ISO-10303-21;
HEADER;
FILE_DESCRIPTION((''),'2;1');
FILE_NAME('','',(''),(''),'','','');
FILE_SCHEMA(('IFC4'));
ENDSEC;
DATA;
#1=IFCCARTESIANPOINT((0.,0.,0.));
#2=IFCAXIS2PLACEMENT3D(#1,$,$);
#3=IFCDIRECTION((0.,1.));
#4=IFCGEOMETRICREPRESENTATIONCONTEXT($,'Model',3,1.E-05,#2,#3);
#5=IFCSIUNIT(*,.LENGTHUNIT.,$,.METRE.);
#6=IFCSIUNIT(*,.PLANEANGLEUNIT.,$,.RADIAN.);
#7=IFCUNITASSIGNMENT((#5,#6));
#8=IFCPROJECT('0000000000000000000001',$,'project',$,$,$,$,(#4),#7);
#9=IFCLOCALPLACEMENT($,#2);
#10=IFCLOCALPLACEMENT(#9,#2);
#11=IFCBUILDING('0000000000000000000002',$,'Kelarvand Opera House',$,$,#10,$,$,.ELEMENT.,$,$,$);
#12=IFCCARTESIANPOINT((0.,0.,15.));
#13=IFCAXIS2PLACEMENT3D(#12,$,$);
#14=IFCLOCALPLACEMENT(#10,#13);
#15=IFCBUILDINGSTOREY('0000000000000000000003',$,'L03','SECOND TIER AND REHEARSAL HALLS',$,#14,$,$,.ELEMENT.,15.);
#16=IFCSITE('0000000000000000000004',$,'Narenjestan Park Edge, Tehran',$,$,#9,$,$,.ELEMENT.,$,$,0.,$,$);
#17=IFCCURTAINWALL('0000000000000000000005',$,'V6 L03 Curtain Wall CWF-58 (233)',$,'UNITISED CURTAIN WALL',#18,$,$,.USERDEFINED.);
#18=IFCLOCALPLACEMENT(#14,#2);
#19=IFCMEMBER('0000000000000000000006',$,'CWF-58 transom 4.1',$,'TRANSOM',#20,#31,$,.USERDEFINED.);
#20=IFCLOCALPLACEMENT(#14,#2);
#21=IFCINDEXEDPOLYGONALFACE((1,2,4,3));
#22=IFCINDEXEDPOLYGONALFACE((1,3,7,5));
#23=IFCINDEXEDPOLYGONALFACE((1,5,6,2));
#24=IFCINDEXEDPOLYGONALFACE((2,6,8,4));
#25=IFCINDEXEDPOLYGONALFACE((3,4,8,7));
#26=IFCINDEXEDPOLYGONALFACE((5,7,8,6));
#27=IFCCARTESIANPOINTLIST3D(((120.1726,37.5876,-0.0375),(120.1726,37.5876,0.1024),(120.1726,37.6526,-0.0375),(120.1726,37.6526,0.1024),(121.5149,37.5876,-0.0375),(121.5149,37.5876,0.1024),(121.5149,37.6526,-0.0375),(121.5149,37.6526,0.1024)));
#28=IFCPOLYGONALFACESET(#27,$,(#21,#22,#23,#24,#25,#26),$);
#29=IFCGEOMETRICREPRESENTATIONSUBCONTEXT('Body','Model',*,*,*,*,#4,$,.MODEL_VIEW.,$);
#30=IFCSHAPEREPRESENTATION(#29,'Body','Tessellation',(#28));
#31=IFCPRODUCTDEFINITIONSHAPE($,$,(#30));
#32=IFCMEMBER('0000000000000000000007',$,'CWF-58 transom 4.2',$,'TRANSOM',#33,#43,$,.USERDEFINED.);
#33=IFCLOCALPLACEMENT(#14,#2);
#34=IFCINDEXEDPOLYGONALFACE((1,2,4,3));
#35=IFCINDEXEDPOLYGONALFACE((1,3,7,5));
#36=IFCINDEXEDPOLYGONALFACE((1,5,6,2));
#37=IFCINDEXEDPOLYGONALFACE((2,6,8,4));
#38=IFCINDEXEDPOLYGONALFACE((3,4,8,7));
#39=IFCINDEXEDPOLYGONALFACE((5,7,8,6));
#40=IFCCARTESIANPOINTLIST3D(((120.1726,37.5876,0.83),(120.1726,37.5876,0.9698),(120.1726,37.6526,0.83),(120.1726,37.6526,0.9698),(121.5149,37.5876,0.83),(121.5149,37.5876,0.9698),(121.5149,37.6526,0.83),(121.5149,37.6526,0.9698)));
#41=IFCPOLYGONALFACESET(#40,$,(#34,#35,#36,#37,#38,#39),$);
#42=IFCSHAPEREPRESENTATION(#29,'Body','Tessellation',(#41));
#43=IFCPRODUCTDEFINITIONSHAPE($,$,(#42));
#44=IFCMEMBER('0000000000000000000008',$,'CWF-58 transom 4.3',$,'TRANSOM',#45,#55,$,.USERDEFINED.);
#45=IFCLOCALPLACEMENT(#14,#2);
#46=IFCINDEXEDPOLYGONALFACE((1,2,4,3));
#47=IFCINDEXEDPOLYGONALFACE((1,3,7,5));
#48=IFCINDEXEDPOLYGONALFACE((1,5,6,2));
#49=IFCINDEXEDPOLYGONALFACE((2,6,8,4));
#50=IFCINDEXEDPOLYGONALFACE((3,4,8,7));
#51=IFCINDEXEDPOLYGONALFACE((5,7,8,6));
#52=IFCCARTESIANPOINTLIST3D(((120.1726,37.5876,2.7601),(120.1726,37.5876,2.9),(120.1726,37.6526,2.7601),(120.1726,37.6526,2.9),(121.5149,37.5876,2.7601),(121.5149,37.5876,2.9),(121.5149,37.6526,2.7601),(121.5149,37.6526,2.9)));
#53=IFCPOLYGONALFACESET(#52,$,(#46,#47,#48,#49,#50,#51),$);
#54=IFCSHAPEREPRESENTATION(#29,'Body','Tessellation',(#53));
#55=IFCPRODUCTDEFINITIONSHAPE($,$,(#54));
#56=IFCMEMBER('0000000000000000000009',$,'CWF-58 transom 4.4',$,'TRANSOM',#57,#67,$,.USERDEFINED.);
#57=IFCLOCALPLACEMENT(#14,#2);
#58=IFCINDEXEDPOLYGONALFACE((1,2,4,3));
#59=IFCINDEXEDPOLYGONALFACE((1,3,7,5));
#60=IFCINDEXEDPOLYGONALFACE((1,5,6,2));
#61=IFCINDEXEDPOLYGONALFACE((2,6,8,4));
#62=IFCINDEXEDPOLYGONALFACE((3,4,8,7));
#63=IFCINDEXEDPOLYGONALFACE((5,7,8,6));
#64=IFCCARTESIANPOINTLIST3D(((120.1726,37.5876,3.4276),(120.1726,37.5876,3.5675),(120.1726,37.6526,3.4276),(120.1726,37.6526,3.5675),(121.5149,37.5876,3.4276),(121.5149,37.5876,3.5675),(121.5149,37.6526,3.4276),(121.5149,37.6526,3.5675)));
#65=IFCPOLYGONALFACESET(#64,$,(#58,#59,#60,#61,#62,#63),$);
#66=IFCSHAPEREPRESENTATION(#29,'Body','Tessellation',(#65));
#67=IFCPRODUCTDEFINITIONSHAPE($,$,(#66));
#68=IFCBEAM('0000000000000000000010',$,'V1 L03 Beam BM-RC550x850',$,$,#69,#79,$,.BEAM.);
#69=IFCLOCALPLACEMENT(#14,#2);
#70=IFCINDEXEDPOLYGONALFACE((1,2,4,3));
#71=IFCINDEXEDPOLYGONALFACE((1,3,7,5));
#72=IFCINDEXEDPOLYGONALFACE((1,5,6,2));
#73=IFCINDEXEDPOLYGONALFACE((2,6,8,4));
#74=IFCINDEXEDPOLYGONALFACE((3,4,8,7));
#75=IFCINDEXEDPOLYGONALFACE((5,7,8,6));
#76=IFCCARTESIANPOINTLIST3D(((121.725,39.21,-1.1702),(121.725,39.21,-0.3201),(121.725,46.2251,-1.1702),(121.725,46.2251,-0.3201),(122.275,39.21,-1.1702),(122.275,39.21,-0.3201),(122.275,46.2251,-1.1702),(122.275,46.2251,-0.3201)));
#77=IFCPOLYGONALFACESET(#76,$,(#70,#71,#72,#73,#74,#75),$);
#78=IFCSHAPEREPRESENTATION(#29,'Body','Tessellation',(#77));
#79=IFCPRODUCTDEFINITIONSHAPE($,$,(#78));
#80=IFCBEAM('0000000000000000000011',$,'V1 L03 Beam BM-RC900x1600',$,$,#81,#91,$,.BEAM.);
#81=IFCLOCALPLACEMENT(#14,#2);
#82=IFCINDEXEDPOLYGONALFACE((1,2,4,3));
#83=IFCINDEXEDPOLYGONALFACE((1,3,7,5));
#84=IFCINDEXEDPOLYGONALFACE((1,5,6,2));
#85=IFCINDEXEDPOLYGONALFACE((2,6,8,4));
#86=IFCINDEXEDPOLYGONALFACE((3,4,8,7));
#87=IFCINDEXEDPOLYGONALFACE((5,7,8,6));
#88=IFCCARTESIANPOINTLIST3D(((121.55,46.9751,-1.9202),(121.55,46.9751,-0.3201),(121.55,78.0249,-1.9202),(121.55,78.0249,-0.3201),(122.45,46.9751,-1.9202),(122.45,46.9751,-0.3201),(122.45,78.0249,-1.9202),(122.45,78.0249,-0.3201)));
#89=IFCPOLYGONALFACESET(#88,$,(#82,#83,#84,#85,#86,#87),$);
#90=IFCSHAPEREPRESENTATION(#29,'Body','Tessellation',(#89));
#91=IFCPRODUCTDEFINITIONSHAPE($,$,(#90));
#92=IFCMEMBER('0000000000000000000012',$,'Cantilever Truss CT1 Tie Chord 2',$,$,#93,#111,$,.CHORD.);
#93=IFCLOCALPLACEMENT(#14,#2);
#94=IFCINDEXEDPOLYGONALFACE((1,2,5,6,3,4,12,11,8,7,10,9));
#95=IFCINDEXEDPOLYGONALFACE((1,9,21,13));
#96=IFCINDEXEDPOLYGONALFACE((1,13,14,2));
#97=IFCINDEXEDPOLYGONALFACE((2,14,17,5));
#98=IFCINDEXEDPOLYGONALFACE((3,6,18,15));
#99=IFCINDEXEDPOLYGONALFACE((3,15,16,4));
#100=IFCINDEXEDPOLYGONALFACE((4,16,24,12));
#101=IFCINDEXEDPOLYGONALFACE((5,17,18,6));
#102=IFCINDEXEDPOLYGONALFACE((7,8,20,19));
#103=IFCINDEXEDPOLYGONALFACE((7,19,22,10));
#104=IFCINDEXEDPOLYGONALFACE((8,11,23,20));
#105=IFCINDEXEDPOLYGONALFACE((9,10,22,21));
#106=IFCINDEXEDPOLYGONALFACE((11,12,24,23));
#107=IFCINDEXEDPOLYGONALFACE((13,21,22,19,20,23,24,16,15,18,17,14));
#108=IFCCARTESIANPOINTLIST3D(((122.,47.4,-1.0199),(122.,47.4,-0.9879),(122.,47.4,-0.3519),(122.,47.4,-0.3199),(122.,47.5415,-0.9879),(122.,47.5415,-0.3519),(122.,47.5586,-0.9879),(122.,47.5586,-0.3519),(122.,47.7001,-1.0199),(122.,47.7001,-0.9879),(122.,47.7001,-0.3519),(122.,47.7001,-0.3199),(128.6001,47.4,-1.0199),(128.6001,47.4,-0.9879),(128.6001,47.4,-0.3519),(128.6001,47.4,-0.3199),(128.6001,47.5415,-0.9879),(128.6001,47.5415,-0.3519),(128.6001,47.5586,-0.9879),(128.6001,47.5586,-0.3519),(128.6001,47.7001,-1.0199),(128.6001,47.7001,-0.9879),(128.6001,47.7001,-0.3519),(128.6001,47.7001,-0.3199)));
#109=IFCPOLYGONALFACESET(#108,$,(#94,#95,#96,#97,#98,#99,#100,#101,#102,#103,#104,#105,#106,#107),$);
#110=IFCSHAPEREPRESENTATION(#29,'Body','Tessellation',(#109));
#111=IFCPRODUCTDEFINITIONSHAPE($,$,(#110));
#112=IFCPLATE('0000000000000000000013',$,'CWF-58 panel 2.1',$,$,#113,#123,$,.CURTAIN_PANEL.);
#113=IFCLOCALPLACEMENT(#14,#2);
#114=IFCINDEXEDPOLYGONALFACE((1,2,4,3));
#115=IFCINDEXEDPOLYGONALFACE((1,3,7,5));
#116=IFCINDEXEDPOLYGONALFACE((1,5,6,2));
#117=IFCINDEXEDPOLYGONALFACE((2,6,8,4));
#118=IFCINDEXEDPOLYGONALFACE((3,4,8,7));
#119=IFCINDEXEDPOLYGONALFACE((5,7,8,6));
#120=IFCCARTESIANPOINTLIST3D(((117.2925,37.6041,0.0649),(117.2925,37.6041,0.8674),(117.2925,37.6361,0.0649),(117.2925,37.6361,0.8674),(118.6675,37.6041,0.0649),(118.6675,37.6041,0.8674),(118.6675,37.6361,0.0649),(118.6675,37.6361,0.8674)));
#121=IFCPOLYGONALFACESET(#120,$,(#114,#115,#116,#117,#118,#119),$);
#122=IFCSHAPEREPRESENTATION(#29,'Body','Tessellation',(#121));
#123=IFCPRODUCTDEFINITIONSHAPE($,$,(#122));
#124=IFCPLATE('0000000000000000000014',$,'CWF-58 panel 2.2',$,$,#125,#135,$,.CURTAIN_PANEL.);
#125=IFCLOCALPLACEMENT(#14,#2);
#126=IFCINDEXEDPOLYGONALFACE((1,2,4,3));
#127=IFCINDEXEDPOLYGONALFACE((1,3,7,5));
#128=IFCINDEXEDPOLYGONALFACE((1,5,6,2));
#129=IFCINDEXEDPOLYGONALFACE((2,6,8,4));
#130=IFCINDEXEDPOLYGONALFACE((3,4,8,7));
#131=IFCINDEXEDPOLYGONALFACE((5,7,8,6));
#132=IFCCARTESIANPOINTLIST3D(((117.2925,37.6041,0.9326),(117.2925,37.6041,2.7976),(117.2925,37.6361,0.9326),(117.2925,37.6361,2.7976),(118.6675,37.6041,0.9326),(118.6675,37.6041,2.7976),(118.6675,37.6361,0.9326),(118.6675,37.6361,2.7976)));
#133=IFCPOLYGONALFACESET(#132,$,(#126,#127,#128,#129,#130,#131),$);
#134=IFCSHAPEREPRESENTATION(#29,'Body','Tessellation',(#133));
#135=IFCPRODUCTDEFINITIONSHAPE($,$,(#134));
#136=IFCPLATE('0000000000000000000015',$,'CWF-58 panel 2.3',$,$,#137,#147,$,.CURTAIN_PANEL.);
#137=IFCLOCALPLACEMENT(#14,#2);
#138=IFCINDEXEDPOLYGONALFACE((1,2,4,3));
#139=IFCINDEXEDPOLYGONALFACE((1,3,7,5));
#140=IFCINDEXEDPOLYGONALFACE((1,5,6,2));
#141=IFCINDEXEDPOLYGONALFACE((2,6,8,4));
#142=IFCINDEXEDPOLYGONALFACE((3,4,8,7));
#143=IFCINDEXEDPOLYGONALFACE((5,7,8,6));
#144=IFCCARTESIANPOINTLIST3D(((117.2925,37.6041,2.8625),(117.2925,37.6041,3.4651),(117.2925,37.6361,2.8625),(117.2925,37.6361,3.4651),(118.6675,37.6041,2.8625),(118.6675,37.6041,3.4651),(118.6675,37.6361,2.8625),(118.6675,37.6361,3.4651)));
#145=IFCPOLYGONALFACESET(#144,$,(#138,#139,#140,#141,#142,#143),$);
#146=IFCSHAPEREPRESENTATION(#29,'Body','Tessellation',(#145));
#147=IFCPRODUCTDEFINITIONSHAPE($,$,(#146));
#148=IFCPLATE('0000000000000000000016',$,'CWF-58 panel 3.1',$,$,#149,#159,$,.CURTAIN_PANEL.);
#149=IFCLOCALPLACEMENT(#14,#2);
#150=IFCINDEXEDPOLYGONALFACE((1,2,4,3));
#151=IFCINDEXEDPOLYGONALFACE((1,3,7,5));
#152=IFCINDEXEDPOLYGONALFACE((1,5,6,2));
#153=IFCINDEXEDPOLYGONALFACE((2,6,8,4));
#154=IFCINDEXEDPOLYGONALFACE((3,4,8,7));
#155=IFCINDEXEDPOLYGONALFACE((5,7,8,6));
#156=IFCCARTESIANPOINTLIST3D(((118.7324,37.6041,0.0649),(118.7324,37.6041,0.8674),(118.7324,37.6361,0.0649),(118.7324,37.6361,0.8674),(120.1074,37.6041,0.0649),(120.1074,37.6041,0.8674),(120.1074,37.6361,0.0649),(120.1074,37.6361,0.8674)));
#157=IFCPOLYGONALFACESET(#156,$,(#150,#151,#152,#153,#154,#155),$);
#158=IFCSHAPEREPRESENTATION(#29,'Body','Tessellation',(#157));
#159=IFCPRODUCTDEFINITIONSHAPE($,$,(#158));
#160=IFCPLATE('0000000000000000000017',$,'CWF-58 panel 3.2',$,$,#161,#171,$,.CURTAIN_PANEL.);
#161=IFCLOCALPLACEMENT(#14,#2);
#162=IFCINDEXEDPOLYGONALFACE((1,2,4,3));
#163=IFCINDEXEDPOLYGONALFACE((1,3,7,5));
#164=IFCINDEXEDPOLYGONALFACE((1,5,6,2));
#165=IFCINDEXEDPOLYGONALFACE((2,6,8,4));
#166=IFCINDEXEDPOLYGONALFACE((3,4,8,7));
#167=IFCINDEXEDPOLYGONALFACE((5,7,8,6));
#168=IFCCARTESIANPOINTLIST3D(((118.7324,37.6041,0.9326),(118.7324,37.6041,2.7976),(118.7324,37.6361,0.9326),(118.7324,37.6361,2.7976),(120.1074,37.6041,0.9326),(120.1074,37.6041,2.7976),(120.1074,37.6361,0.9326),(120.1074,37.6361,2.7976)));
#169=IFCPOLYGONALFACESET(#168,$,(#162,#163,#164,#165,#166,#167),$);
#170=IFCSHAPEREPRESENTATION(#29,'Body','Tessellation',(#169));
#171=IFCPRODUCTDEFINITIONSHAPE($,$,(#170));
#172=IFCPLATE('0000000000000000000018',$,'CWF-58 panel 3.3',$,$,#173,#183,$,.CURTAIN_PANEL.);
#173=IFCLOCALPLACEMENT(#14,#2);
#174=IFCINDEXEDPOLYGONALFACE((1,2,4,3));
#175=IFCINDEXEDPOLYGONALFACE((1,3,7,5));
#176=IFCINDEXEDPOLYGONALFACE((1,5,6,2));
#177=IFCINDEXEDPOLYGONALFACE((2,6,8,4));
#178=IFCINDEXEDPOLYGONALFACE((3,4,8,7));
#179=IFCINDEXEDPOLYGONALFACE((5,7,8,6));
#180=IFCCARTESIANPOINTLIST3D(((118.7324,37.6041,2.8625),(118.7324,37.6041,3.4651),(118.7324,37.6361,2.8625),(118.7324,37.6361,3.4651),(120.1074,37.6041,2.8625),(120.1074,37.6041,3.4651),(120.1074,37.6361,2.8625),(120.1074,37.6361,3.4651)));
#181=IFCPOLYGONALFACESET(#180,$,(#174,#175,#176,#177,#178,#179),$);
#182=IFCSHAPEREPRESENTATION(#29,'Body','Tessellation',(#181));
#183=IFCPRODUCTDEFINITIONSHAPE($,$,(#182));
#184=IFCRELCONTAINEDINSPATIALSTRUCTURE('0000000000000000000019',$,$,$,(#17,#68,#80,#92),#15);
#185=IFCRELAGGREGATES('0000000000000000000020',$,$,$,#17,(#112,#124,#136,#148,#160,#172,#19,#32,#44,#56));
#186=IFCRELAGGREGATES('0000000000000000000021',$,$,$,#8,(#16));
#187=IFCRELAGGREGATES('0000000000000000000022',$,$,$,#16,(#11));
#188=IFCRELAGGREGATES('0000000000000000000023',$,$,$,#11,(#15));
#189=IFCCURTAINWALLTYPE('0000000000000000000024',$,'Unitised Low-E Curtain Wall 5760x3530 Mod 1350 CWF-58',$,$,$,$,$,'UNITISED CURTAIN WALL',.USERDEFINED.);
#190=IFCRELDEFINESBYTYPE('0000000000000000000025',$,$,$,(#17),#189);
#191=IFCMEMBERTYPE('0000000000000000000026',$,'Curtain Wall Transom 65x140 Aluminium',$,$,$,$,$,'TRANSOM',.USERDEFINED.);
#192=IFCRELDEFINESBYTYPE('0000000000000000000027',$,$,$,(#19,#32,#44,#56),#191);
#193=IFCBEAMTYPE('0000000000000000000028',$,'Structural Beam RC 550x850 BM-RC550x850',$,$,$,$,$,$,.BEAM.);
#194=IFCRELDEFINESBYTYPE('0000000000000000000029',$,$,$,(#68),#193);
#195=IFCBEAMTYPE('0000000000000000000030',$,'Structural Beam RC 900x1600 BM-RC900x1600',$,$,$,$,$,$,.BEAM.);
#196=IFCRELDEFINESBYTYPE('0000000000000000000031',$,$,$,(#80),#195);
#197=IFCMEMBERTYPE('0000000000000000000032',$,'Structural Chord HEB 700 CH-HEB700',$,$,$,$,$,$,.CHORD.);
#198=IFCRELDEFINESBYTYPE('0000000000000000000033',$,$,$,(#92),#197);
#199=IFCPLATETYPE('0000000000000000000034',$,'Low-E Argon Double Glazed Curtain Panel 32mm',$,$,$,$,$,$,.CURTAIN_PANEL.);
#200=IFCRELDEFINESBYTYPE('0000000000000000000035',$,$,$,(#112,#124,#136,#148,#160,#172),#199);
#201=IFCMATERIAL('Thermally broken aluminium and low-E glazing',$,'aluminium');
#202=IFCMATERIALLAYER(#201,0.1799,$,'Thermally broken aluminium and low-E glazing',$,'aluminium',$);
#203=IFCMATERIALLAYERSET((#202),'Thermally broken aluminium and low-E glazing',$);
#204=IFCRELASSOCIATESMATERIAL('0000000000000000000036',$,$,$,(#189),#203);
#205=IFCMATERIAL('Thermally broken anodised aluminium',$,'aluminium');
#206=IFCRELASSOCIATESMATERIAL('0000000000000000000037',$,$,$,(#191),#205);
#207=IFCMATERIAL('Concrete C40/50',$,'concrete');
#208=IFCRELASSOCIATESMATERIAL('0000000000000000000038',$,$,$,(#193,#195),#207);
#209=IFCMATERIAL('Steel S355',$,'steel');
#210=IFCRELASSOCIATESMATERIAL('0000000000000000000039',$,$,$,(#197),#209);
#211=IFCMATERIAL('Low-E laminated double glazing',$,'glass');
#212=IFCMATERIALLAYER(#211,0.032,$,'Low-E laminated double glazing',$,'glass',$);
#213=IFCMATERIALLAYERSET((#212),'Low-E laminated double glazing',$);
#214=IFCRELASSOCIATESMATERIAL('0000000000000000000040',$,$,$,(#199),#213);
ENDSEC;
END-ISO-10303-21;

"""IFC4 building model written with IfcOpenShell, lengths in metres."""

from ifc_helpers import new_model, si_unit, direction, frame, origin, origin_2d, place, context, subcontext, project, spatial, rectangle, i_section, extrude, material, layer, layer_set, material_profile, profile_set, type_object, element, aggregate, save


model = new_model("IFC4")

# Units and contexts
model_context = context("Model", 3, precision=1e-05, world=origin(), true_north=direction((0.0, 1.0)))
body_context = subcontext(model_context, "Body", "Model", "MODEL_VIEW")
ifc_project = project(units=[si_unit("LENGTHUNIT", "METRE"), si_unit("PLANEANGLEUNIT", "RADIAN")], contexts=[model_context])

# Site, building, storey
site_placement = place(None, origin())
site = spatial("IfcSite", under=ifc_project, at=site_placement, Name="Narenjestan Park Edge, Tehran", CompositionType="ELEMENT", RefElevation=0.0)
building_placement = place(site_placement, origin())
building = spatial("IfcBuilding", under=site, at=building_placement, Name="Kelarvand Opera House", CompositionType="ELEMENT")
storey_placement = place(building_placement, frame((0.0, 0.0, 15.0)))
storey = spatial("IfcBuildingStorey", under=building, at=storey_placement, Name="L03", Description="SECOND TIER AND REHEARSAL HALLS", CompositionType="ELEMENT", Elevation=15.0)

# Shared definitions
ifc_material_1 = material(Name="Concrete C40/50", Category="concrete")

# Curtain wall, members
ifc_material_2 = material(Name="Thermally broken aluminium and low-E glazing", Category="aluminium")
ifc_layer_1 = layer(ifc_material_2, 0.1799, Name="Thermally broken aluminium and low-E glazing", Category="aluminium")
ifc_layer_set_1 = layer_set([ifc_layer_1], Name="Thermally broken aluminium and low-E glazing")
curtain_wall_type = type_object("IfcCurtainWallType", Name="Unitised Low-E Curtain Wall 5760x3530 Mod 1350 CWF-58", ElementType="UNITISED CURTAIN WALL", PredefinedType="USERDEFINED", material=ifc_layer_set_1)
curtain_wall_placement = place(storey_placement, origin())
curtain_wall = element("IfcCurtainWall", 1, at=curtain_wall_placement, inside=storey, type_object=curtain_wall_type, Name="V6 L03 Curtain Wall CWF-58 (233)", ObjectType="UNITISED CURTAIN WALL", PredefinedType="USERDEFINED")
ifc_material_3 = material(Name="Thermally broken anodised aluminium", Category="aluminium")
ifc_material_profile_1 = material_profile(ifc_material_3, rectangle(XDim=0.0649, YDim=0.1399, at=origin_2d()), Name="ALU TRANSOM 65x140", Category="aluminium")
ifc_profile_set_1 = profile_set([ifc_material_profile_1], Name="Thermally broken anodised aluminium")
member_type_1 = type_object("IfcMemberType", Name="Curtain Wall Transom 65x140 Aluminium", ElementType="TRANSOM", PredefinedType="USERDEFINED", material=ifc_profile_set_1)
member_1_placement = place(storey_placement, frame((120.1726, 37.6201, 0.0325), z_axis=(1.0, 0.0, 0.0), x_axis=(0.0, 1.0, 0.0)))
member_1 = element("IfcMember", 2, at=member_1_placement, type_object=member_type_1, Name="CWF-58 transom 4.1", ObjectType="TRANSOM", PredefinedType="USERDEFINED", context=body_context, shape_type="SweptSolid", body=[
    extrude(rectangle(XDim=0.0649, YDim=0.1399, at=origin_2d()), origin(), (0.0, 0.0, 1.0), 1.3423),
])
member_2_placement = place(storey_placement, frame((120.1726, 37.6201, 0.8999), z_axis=(1.0, 0.0, 0.0), x_axis=(0.0, 1.0, 0.0)))
member_2 = element("IfcMember", 3, at=member_2_placement, type_object=member_type_1, Name="CWF-58 transom 4.2", ObjectType="TRANSOM", PredefinedType="USERDEFINED", context=body_context, shape_type="SweptSolid", body=[
    extrude(rectangle(XDim=0.0649, YDim=0.1399, at=origin_2d()), origin(), (0.0, 0.0, 1.0), 1.3423),
])
member_3_placement = place(storey_placement, frame((120.1726, 37.6201, 2.8301), z_axis=(1.0, 0.0, 0.0), x_axis=(0.0, 1.0, 0.0)))
member_3 = element("IfcMember", 4, at=member_3_placement, type_object=member_type_1, Name="CWF-58 transom 4.3", ObjectType="TRANSOM", PredefinedType="USERDEFINED", context=body_context, shape_type="SweptSolid", body=[
    extrude(rectangle(XDim=0.0649, YDim=0.1399, at=origin_2d()), origin(), (0.0, 0.0, 1.0), 1.3423),
])
member_4_placement = place(storey_placement, frame((120.1726, 37.6201, 3.4976), z_axis=(1.0, 0.0, 0.0), x_axis=(0.0, 1.0, 0.0)))
member_4 = element("IfcMember", 5, at=member_4_placement, type_object=member_type_1, Name="CWF-58 transom 4.4", ObjectType="TRANSOM", PredefinedType="USERDEFINED", context=body_context, shape_type="SweptSolid", body=[
    extrude(rectangle(XDim=0.0649, YDim=0.1399, at=origin_2d()), origin(), (0.0, 0.0, 1.0), 1.3423),
])

# Beams
ifc_material_profile_2 = material_profile(ifc_material_1, rectangle(XDim=0.55, YDim=0.8501, at=origin_2d()), Name="RC 550x850", Category="concrete")
ifc_profile_set_2 = profile_set([ifc_material_profile_2], Name="Concrete C40/50")
beam_type_1 = type_object("IfcBeamType", Name="Structural Beam RC 550x850 BM-RC550x850", PredefinedType="BEAM", material=ifc_profile_set_2)
beam_1_placement = place(storey_placement, frame((122.0, 39.21, -0.7451), z_axis=(0.0, 1.0, 0.0), x_axis=(-1.0, 0.0, 0.0)))
element("IfcBeam", 6, at=beam_1_placement, inside=storey, type_object=beam_type_1, Name="V1 L03 Beam BM-RC550x850", PredefinedType="BEAM", context=body_context, shape_type="SweptSolid", body=[
    extrude(rectangle(XDim=0.55, YDim=0.8501, at=origin_2d()), origin(), (0.0, 0.0, 1.0), 7.0151),
])
ifc_material_profile_3 = material_profile(ifc_material_1, rectangle(XDim=0.8999, YDim=1.6001, at=origin_2d()), Name="RC 900x1600", Category="concrete")
ifc_profile_set_3 = profile_set([ifc_material_profile_3], Name="Concrete C40/50")
beam_type_2 = type_object("IfcBeamType", Name="Structural Beam RC 900x1600 BM-RC900x1600", PredefinedType="BEAM", material=ifc_profile_set_3)
beam_2_placement = place(storey_placement, frame((122.0, 46.9751, -1.1201), z_axis=(0.0, 1.0, 0.0), x_axis=(-1.0, 0.0, 0.0)))
element("IfcBeam", 7, at=beam_2_placement, inside=storey, type_object=beam_type_2, Name="V1 L03 Beam BM-RC900x1600", PredefinedType="BEAM", context=body_context, shape_type="SweptSolid", body=[
    extrude(rectangle(XDim=0.8999, YDim=1.6001, at=origin_2d()), origin(), (0.0, 0.0, 1.0), 31.0498),
])

# Member
ifc_material_4 = material(Name="Steel S355", Category="steel")
ifc_material_profile_4 = material_profile(ifc_material_4, i_section(OverallWidth=0.3, OverallDepth=0.7, WebThickness=0.0171, FlangeThickness=0.032, at=origin_2d()), Name="HEB 700", Category="steel")
ifc_profile_set_4 = profile_set([ifc_material_profile_4], Name="Steel S355")
member_type_2 = type_object("IfcMemberType", Name="Structural Chord HEB 700 CH-HEB700", PredefinedType="CHORD", material=ifc_profile_set_4)
member_5_placement = place(storey_placement, frame((122.0, 47.55, -0.6699), z_axis=(1.0, 0.0, 0.0), x_axis=(0.0, 1.0, 0.0)))
element("IfcMember", 8, at=member_5_placement, inside=storey, type_object=member_type_2, Name="Cantilever Truss CT1 Tie Chord 2", PredefinedType="CHORD", context=body_context, shape_type="SweptSolid", body=[
    extrude(i_section(OverallWidth=0.3, OverallDepth=0.7, WebThickness=0.0171, FlangeThickness=0.032, at=origin_2d()), origin(), (0.0, 0.0, 1.0), 6.6001),
])

# Plates
ifc_material_5 = material(Name="Low-E laminated double glazing", Category="glass")
ifc_layer_2 = layer(ifc_material_5, 0.032, Name="Low-E laminated double glazing", Category="glass")
ifc_layer_set_2 = layer_set([ifc_layer_2], Name="Low-E laminated double glazing")
plate_type = type_object("IfcPlateType", Name="Low-E Argon Double Glazed Curtain Panel 32mm", PredefinedType="CURTAIN_PANEL", material=ifc_layer_set_2)
plate_1_placement = place(storey_placement, frame((117.98, 37.6201, 0.0649), z_axis=(0.0, 0.0, 1.0), x_axis=(1.0, 0.0, 0.0)))
plate_1 = element("IfcPlate", 9, at=plate_1_placement, type_object=plate_type, Name="CWF-58 panel 2.1", PredefinedType="CURTAIN_PANEL", context=body_context, shape_type="SweptSolid", body=[
    extrude(rectangle(XDim=1.375, YDim=0.032, at=origin_2d()), origin(), (0.0, 0.0, 1.0), 0.8025),
])
plate_2_placement = place(storey_placement, frame((117.98, 37.6201, 0.9326), z_axis=(0.0, 0.0, 1.0), x_axis=(1.0, 0.0, 0.0)))
plate_2 = element("IfcPlate", 10, at=plate_2_placement, type_object=plate_type, Name="CWF-58 panel 2.2", PredefinedType="CURTAIN_PANEL", context=body_context, shape_type="SweptSolid", body=[
    extrude(rectangle(XDim=1.375, YDim=0.032, at=origin_2d()), origin(), (0.0, 0.0, 1.0), 1.865),
])
plate_3_placement = place(storey_placement, frame((117.98, 37.6201, 2.8625), z_axis=(0.0, 0.0, 1.0), x_axis=(1.0, 0.0, 0.0)))
plate_3 = element("IfcPlate", 11, at=plate_3_placement, type_object=plate_type, Name="CWF-58 panel 2.3", PredefinedType="CURTAIN_PANEL", context=body_context, shape_type="SweptSolid", body=[
    extrude(rectangle(XDim=1.375, YDim=0.032, at=origin_2d()), origin(), (0.0, 0.0, 1.0), 0.6025),
])
plate_4_placement = place(storey_placement, frame((119.4199, 37.6201, 0.0649), z_axis=(0.0, 0.0, 1.0), x_axis=(1.0, 0.0, 0.0)))
plate_4 = element("IfcPlate", 12, at=plate_4_placement, type_object=plate_type, Name="CWF-58 panel 3.1", PredefinedType="CURTAIN_PANEL", context=body_context, shape_type="SweptSolid", body=[
    extrude(rectangle(XDim=1.375, YDim=0.032, at=origin_2d()), origin(), (0.0, 0.0, 1.0), 0.8025),
])
plate_5_placement = place(storey_placement, frame((119.4199, 37.6201, 0.9326), z_axis=(0.0, 0.0, 1.0), x_axis=(1.0, 0.0, 0.0)))
plate_5 = element("IfcPlate", 13, at=plate_5_placement, type_object=plate_type, Name="CWF-58 panel 3.2", PredefinedType="CURTAIN_PANEL", context=body_context, shape_type="SweptSolid", body=[
    extrude(rectangle(XDim=1.375, YDim=0.032, at=origin_2d()), origin(), (0.0, 0.0, 1.0), 1.865),
])
plate_6_placement = place(storey_placement, frame((119.4199, 37.6201, 2.8625), z_axis=(0.0, 0.0, 1.0), x_axis=(1.0, 0.0, 0.0)))
plate_6 = element("IfcPlate", 14, at=plate_6_placement, type_object=plate_type, Name="CWF-58 panel 3.3", PredefinedType="CURTAIN_PANEL", context=body_context, shape_type="SweptSolid", body=[
    extrude(rectangle(XDim=1.375, YDim=0.032, at=origin_2d()), origin(), (0.0, 0.0, 1.0), 0.6025),
])
aggregate(curtain_wall, [plate_1, plate_2, plate_3, plate_4, plate_5, plate_6, member_1, member_2, member_3, member_4])

save(model, "model.ifc")
